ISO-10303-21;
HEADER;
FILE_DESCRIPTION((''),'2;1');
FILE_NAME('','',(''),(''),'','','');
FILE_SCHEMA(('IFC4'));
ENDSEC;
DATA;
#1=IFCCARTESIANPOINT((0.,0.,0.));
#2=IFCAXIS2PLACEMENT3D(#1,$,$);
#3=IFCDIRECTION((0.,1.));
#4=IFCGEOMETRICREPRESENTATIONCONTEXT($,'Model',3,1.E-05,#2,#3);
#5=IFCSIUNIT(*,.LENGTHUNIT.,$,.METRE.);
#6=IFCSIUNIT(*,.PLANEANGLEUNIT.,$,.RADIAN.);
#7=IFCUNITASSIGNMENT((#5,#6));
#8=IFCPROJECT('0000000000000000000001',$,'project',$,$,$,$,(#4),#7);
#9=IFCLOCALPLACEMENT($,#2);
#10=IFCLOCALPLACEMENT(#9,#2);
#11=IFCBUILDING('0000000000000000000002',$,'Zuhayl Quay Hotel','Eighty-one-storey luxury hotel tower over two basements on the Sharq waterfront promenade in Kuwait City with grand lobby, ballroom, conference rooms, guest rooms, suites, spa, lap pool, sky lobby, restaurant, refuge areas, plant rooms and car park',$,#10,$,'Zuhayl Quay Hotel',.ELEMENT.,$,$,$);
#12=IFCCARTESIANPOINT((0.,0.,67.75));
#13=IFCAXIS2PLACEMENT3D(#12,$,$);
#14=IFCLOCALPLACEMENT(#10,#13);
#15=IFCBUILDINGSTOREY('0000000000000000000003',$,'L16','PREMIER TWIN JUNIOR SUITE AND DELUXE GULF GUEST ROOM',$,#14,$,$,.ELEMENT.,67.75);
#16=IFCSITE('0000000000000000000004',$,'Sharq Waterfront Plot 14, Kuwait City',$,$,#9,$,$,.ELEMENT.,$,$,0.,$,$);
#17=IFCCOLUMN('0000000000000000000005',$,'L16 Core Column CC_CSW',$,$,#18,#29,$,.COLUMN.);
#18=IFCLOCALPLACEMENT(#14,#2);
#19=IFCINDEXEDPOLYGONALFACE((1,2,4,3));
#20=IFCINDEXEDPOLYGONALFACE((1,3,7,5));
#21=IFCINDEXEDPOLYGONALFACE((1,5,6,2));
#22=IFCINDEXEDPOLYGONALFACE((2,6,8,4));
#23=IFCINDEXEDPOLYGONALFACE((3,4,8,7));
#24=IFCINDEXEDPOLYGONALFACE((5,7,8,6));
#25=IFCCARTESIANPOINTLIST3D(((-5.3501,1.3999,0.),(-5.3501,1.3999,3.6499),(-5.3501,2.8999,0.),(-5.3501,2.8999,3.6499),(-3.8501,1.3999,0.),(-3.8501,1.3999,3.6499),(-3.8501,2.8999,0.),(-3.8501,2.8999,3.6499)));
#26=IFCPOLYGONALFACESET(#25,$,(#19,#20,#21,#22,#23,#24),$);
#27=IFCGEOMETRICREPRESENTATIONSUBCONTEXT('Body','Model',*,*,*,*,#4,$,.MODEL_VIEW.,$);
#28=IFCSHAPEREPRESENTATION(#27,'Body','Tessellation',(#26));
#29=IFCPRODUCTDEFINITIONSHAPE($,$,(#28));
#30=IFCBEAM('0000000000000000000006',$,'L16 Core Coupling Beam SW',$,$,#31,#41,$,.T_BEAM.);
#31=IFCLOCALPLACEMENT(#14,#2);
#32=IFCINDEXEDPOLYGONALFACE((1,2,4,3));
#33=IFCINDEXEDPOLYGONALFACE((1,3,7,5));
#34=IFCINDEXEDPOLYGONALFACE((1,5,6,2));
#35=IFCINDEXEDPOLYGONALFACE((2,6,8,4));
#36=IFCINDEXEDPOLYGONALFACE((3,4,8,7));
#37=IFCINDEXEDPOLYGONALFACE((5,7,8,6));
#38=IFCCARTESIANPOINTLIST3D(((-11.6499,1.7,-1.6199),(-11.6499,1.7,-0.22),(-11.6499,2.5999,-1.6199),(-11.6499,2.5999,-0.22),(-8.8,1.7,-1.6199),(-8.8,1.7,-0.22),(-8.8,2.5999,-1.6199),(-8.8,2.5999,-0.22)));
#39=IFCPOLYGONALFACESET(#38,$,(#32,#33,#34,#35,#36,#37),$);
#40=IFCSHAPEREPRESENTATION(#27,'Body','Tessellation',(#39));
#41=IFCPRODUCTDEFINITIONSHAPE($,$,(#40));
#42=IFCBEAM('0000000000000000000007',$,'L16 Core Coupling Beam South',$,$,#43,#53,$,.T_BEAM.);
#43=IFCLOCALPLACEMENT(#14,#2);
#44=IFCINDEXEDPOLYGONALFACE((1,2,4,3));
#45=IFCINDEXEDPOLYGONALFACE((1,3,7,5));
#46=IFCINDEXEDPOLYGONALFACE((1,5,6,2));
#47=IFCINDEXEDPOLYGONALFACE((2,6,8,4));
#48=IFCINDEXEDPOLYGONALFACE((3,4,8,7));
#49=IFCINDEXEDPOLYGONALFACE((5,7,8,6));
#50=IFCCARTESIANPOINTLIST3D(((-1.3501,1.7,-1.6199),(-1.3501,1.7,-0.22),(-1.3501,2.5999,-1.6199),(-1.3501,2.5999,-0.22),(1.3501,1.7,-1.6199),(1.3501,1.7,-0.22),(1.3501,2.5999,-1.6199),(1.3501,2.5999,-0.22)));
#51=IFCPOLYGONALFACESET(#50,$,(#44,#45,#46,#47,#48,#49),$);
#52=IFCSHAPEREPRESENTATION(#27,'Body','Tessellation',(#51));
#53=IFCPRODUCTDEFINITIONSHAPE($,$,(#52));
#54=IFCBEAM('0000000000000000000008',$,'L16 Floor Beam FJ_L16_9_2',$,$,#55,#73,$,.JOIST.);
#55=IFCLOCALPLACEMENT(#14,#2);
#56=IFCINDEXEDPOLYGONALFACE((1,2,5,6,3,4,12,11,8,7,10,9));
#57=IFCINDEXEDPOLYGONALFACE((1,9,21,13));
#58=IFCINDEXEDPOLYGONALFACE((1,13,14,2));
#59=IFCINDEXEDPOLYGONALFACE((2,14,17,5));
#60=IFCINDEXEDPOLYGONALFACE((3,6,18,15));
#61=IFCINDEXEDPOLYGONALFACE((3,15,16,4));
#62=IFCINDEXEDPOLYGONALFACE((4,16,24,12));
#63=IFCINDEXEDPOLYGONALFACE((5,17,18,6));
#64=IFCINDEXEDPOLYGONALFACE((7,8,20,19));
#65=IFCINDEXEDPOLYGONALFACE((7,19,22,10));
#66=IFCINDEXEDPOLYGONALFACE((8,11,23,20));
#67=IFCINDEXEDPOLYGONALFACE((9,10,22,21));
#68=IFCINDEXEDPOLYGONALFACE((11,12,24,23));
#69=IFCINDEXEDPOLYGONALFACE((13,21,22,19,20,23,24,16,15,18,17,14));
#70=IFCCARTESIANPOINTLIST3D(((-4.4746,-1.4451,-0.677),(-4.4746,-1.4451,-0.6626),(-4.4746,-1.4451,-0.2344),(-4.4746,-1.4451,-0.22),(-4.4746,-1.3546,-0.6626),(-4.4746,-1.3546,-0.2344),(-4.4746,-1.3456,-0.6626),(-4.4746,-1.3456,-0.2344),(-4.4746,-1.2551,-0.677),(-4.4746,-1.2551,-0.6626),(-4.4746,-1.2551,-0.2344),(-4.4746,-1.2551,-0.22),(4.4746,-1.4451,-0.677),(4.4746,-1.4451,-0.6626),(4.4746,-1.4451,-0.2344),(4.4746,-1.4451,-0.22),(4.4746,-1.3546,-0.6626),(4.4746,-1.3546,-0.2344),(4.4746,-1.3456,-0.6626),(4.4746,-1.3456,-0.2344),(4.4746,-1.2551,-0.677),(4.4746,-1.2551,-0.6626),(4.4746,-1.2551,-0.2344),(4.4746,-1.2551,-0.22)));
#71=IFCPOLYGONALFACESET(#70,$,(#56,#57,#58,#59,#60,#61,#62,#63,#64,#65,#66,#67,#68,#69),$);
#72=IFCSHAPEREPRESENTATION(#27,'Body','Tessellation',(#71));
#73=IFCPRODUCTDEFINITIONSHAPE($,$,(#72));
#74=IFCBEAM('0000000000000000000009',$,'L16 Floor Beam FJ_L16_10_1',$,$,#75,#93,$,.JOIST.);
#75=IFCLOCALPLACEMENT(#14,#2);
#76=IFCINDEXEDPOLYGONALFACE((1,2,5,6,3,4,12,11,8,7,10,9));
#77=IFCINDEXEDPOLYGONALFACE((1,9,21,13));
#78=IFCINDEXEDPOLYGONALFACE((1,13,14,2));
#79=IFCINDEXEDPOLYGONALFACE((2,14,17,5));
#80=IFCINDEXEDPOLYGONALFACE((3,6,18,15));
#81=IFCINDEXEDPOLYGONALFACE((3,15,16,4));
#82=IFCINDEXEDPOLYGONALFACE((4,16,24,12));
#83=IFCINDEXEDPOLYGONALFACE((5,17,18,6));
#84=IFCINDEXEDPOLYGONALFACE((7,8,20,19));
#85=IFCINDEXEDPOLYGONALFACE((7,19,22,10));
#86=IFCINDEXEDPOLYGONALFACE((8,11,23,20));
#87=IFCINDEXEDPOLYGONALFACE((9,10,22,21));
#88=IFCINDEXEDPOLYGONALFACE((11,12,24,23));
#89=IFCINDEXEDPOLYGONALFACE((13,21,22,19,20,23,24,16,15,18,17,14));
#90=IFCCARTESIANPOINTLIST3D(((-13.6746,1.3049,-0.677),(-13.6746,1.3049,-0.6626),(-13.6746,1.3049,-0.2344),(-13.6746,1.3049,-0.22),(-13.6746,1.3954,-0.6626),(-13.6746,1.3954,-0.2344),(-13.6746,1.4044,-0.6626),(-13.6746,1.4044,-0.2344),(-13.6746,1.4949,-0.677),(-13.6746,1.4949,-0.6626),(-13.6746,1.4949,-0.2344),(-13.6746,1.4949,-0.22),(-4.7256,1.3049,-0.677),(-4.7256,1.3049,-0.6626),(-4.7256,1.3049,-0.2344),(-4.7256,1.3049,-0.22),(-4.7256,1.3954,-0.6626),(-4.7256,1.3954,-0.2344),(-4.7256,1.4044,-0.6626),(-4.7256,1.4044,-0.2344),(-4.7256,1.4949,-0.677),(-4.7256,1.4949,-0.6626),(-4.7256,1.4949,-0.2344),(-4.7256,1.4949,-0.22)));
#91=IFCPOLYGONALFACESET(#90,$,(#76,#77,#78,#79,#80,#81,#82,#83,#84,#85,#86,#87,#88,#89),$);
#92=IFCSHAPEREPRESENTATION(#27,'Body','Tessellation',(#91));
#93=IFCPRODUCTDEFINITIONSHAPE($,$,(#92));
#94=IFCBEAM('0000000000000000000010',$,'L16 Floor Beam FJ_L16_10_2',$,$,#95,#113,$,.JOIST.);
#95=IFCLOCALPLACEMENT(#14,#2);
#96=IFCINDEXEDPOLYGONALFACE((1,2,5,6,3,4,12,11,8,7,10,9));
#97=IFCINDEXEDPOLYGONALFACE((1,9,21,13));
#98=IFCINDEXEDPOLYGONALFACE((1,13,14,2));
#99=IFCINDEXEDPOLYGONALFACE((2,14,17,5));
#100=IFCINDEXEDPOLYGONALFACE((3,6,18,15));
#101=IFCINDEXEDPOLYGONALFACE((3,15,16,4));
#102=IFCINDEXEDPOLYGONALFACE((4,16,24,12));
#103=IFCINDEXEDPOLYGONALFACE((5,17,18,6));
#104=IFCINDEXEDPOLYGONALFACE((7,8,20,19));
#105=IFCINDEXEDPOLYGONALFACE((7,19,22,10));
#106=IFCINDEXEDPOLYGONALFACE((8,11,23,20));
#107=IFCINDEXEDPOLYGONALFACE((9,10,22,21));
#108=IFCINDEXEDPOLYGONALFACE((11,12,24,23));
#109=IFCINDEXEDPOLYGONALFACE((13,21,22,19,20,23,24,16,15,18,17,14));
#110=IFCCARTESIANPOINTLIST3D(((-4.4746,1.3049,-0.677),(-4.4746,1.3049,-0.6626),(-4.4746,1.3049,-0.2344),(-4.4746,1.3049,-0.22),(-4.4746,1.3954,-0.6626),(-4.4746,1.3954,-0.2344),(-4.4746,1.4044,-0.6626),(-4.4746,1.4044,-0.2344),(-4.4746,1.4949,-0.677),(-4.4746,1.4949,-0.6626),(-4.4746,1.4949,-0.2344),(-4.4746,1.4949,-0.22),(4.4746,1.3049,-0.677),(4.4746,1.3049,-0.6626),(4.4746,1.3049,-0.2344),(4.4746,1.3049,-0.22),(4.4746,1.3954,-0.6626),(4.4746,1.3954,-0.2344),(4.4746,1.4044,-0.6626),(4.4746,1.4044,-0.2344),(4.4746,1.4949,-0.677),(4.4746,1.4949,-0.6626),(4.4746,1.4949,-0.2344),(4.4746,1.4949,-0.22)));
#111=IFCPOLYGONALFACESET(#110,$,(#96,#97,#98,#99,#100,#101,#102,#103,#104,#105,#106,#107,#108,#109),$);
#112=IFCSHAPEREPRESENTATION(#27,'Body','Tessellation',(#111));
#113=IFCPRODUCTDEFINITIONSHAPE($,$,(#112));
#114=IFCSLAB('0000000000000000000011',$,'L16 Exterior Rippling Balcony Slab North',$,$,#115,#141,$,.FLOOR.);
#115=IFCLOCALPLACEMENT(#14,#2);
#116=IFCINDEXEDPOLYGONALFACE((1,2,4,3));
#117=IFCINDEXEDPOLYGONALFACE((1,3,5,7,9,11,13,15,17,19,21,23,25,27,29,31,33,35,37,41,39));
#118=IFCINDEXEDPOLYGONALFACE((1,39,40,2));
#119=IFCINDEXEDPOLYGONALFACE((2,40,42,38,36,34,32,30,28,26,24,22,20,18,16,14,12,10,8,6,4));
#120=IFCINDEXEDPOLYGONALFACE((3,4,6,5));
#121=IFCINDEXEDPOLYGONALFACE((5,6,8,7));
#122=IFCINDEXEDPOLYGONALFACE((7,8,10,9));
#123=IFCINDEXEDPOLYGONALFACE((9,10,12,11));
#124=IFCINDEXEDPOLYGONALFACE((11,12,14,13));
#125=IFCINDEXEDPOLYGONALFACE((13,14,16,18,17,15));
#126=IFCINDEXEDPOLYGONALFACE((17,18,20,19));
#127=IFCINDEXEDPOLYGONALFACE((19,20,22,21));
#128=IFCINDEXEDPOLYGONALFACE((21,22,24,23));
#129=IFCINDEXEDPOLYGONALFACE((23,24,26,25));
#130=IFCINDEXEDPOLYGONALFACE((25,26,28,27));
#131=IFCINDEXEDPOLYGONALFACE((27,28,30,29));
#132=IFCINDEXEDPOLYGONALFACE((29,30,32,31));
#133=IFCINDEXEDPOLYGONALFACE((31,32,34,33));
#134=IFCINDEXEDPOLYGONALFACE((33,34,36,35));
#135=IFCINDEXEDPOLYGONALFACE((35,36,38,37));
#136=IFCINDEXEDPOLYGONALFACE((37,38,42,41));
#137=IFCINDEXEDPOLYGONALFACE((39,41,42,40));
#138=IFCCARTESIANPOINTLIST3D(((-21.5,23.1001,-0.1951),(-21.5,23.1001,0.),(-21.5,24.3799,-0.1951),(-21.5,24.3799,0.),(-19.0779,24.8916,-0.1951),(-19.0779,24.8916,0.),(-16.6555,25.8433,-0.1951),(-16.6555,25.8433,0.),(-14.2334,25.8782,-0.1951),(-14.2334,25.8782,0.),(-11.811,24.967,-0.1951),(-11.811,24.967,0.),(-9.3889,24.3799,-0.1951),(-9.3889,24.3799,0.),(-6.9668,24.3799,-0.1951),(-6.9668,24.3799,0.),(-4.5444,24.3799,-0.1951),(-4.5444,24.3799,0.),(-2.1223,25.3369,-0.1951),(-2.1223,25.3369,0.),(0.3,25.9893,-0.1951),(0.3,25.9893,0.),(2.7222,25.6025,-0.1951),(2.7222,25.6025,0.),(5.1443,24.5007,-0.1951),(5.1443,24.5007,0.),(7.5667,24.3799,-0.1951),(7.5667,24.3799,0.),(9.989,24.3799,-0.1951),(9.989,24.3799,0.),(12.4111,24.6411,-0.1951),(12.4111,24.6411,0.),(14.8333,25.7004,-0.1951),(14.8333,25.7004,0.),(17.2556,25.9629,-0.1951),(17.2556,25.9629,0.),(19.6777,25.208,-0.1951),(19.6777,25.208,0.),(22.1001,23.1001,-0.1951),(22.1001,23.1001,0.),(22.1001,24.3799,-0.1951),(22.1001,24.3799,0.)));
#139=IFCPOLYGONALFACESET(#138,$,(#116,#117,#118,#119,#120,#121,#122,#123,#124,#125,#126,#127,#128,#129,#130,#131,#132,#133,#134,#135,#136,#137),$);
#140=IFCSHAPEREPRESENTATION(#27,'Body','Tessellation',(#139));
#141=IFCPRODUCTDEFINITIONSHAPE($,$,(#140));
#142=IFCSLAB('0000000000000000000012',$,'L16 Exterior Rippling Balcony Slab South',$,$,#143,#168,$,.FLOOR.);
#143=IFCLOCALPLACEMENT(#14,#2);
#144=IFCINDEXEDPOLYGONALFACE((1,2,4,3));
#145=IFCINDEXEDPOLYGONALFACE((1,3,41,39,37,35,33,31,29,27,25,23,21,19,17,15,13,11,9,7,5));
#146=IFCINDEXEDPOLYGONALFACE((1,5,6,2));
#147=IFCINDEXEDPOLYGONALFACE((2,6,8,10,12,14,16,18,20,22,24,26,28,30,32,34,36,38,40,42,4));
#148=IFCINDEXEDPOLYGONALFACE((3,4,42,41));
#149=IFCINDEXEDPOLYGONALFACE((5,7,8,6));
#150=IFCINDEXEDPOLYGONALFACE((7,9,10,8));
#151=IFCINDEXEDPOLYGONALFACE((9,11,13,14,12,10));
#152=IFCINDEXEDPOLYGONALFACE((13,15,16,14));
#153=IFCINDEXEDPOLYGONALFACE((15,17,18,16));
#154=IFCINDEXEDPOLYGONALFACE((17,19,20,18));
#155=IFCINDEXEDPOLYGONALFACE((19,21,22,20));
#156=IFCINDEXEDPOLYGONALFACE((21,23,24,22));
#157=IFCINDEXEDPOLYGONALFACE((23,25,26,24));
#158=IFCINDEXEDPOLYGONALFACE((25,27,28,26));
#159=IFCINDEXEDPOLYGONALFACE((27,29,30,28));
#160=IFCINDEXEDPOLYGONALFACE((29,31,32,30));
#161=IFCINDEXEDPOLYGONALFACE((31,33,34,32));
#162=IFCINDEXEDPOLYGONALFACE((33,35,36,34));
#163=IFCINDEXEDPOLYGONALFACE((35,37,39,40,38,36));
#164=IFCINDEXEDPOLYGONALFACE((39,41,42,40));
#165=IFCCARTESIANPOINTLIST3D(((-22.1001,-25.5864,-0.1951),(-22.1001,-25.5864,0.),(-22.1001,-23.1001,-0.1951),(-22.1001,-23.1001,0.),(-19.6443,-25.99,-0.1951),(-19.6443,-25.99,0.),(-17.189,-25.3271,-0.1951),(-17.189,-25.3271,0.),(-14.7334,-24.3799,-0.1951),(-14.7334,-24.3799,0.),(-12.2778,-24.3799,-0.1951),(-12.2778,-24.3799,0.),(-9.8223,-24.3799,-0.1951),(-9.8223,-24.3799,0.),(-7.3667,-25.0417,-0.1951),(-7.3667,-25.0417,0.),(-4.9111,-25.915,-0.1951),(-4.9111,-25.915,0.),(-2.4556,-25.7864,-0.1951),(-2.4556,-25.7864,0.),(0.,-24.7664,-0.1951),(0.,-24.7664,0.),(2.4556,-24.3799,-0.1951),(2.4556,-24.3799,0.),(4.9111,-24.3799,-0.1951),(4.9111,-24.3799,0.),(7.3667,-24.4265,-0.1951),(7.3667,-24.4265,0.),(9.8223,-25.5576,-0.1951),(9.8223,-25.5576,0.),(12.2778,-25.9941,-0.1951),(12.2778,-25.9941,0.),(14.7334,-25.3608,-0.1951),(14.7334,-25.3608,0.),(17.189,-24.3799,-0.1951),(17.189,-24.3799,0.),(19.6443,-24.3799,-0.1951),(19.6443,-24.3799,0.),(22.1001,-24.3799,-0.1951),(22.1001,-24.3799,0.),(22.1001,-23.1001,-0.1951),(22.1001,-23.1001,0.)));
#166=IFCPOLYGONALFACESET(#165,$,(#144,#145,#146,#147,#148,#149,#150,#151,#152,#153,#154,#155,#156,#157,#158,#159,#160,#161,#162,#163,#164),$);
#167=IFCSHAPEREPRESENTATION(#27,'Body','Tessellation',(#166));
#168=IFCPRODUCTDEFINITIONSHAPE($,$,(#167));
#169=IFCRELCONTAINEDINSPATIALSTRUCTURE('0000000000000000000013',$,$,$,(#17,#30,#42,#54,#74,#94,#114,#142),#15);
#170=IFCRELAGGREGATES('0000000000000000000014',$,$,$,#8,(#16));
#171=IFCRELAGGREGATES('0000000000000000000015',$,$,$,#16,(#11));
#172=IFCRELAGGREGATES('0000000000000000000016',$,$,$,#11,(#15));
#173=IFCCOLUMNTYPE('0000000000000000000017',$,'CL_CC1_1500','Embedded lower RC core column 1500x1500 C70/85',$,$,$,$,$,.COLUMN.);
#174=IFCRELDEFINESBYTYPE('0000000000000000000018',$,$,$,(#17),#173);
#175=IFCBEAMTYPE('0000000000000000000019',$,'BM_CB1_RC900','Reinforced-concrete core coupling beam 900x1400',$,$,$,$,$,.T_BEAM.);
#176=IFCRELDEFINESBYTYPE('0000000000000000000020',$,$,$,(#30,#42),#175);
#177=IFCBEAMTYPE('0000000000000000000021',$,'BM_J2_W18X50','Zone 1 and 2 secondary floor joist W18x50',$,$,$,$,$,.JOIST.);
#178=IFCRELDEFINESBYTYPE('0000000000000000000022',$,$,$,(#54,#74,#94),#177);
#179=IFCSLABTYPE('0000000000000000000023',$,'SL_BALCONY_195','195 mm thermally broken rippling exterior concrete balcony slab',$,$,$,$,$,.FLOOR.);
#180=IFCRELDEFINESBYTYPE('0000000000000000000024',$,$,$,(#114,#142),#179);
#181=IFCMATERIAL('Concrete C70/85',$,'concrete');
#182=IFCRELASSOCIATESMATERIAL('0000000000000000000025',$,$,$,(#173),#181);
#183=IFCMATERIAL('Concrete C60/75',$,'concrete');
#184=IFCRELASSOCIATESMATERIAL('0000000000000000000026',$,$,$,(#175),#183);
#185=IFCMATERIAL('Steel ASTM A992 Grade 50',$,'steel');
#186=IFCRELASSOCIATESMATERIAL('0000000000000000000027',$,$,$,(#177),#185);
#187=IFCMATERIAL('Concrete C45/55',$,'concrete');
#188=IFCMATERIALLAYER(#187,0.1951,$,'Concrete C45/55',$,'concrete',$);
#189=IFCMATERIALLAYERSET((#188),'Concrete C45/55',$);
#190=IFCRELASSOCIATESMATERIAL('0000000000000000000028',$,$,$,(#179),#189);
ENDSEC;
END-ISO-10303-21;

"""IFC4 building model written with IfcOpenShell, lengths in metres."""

from ifc_helpers import new_model, si_unit, direction, frame, origin, origin_2d, place, context, subcontext, project, spatial, polyline, rectangle, i_section, outline, extrude, material, layer, layer_set, material_profile, profile_set, type_object, element, save


model = new_model("IFC4")

# Units and contexts
model_context = context("Model", 3, precision=1e-05, world=origin(), true_north=direction((0.0, 1.0)))
body_context = subcontext(model_context, "Body", "Model", "MODEL_VIEW")
ifc_project = project(units=[si_unit("LENGTHUNIT", "METRE"), si_unit("PLANEANGLEUNIT", "RADIAN")], contexts=[model_context])

# Site, building, storey
site_placement = place(None, origin())
site = spatial("IfcSite", under=ifc_project, at=site_placement, Name="Sharq Waterfront Plot 14, Kuwait City", CompositionType="ELEMENT", RefElevation=0.0)
building_placement = place(site_placement, origin())
building = spatial("IfcBuilding", under=site, at=building_placement, Name="Zuhayl Quay Hotel", Description="Eighty-one-storey luxury hotel tower over two basements on the Sharq waterfront promenade in Kuwait City with grand lobby, ballroom, conference rooms, guest rooms, suites, spa, lap pool, sky lobby, restaurant, refuge areas, plant rooms and car park", LongName="Zuhayl Quay Hotel", CompositionType="ELEMENT")
storey_placement = place(building_placement, frame((0.0, 0.0, 67.75)))
storey = spatial("IfcBuildingStorey", under=building, at=storey_placement, Name="L16", Description="PREMIER TWIN JUNIOR SUITE AND DELUXE GULF GUEST ROOM", CompositionType="ELEMENT", Elevation=67.75)

# Column
ifc_material_1 = material(Name="Concrete C70/85", Category="concrete")
ifc_material_profile_1 = material_profile(ifc_material_1, rectangle(XDim=1.5, YDim=1.5, at=origin_2d()), Name="RC1500X1500")
ifc_profile_set_1 = profile_set([ifc_material_profile_1], Name="Concrete C70/85")
column_type = type_object("IfcColumnType", Name="CL_CC1_1500", Description="Embedded lower RC core column 1500x1500 C70/85", PredefinedType="COLUMN", material=ifc_profile_set_1)
column_placement = place(storey_placement, frame((-4.6001, 2.1499, 0.0), z_axis=(0.0, 0.0, 1.0), x_axis=(1.0, 0.0, 0.0)))
element("IfcColumn", 1, at=column_placement, inside=storey, type_object=column_type, Name="L16 Core Column CC_CSW", PredefinedType="COLUMN", context=body_context, shape_type="SweptSolid", body=[
    extrude(rectangle(XDim=1.5, YDim=1.5, at=origin_2d()), origin(), (0.0, 0.0, 1.0), 3.6499),
])

# Beams
ifc_material_2 = material(Name="Concrete C60/75", Category="concrete")
ifc_material_profile_2 = material_profile(ifc_material_2, rectangle(XDim=0.8999, YDim=1.3999, at=origin_2d()), Name="RC900X1400")
ifc_profile_set_2 = profile_set([ifc_material_profile_2], Name="Concrete C60/75")
beam_type_1 = type_object("IfcBeamType", Name="BM_CB1_RC900", Description="Reinforced-concrete core coupling beam 900x1400", PredefinedType="T_BEAM", material=ifc_profile_set_2)
beam_1_placement = place(storey_placement, frame((-11.6499, 2.1499, -0.9199), z_axis=(1.0, 0.0, 0.0), x_axis=(0.0, 1.0, 0.0)))
element("IfcBeam", 2, at=beam_1_placement, inside=storey, type_object=beam_type_1, Name="L16 Core Coupling Beam SW", PredefinedType="T_BEAM", context=body_context, shape_type="SweptSolid", body=[
    extrude(rectangle(XDim=0.8999, YDim=1.3999, at=origin_2d()), origin(), (0.0, 0.0, 1.0), 2.8499),
])
beam_2_placement = place(storey_placement, frame((-1.3501, 2.1499, -0.9199), z_axis=(1.0, 0.0, 0.0), x_axis=(0.0, 1.0, 0.0)))
element("IfcBeam", 3, at=beam_2_placement, inside=storey, type_object=beam_type_1, Name="L16 Core Coupling Beam South", PredefinedType="T_BEAM", context=body_context, shape_type="SweptSolid", body=[
    extrude(rectangle(XDim=0.8999, YDim=1.3999, at=origin_2d()), origin(), (0.0, 0.0, 1.0), 2.7002),
])
ifc_material_3 = material(Name="Steel ASTM A992 Grade 50", Category="steel")
ifc_material_profile_3 = material_profile(ifc_material_3, i_section(OverallWidth=0.1899, OverallDepth=0.457, WebThickness=0.009, FlangeThickness=0.0144, at=origin_2d()), Name="W18X50")
ifc_profile_set_3 = profile_set([ifc_material_profile_3], Name="Steel ASTM A992 Grade 50")
beam_type_2 = type_object("IfcBeamType", Name="BM_J2_W18X50", Description="Zone 1 and 2 secondary floor joist W18x50", PredefinedType="JOIST", material=ifc_profile_set_3)
beam_3_placement = place(storey_placement, frame((-4.4746, -1.3501, -0.4485), z_axis=(1.0, 0.0, 0.0), x_axis=(0.0, 1.0, 0.0)))
element("IfcBeam", 4, at=beam_3_placement, inside=storey, type_object=beam_type_2, Name="L16 Floor Beam FJ_L16_9_2", PredefinedType="JOIST", context=body_context, shape_type="SweptSolid", body=[
    extrude(i_section(OverallWidth=0.1899, OverallDepth=0.457, WebThickness=0.009, FlangeThickness=0.0144, at=origin_2d()), origin(), (0.0, 0.0, 1.0), 8.9492),
])
beam_4_placement = place(storey_placement, frame((-13.6746, 1.3999, -0.4485), z_axis=(1.0, 0.0, 0.0), x_axis=(0.0, 1.0, 0.0)))
element("IfcBeam", 5, at=beam_4_placement, inside=storey, type_object=beam_type_2, Name="L16 Floor Beam FJ_L16_10_1", PredefinedType="JOIST", context=body_context, shape_type="SweptSolid", body=[
    extrude(i_section(OverallWidth=0.1899, OverallDepth=0.457, WebThickness=0.009, FlangeThickness=0.0144, at=origin_2d()), origin(), (0.0, 0.0, 1.0), 8.949),
])
beam_5_placement = place(storey_placement, frame((-4.4746, 1.3999, -0.4485), z_axis=(1.0, 0.0, 0.0), x_axis=(0.0, 1.0, 0.0)))
element("IfcBeam", 6, at=beam_5_placement, inside=storey, type_object=beam_type_2, Name="L16 Floor Beam FJ_L16_10_2", PredefinedType="JOIST", context=body_context, shape_type="SweptSolid", body=[
    extrude(i_section(OverallWidth=0.1899, OverallDepth=0.457, WebThickness=0.009, FlangeThickness=0.0144, at=origin_2d()), origin(), (0.0, 0.0, 1.0), 8.9492),
])

# Slabs
ifc_material_4 = material(Name="Concrete C45/55", Category="concrete")
ifc_layer_1 = layer(ifc_material_4, 0.1951, Name="Concrete C45/55", Category="concrete")
ifc_layer_set_1 = layer_set([ifc_layer_1], Name="Concrete C45/55")
slab_type_1 = type_object("IfcSlabType", Name="SL_BALCONY_195", Description="195 mm thermally broken rippling exterior concrete balcony slab", PredefinedType="FLOOR", material=ifc_layer_set_1)
slab_1_placement = place(storey_placement, frame((0.0, 0.0, -0.1951)))
element("IfcSlab", 7, at=slab_1_placement, inside=storey, type_object=slab_type_1, Name="L16 Exterior Rippling Balcony Slab North", PredefinedType="FLOOR", context=body_context, shape_type="SweptSolid", body=[
    extrude(outline(polyline([(-21.5, 23.1001), (22.1001, 23.1001), (22.1001, 24.3799), (19.6777, 25.208), (17.2556, 25.9629), (14.8333, 25.7004), (12.4111, 24.6411), (9.989, 24.3799), (7.5667, 24.3799), (5.1443, 24.5007), (2.7222, 25.6025), (0.3, 25.9893), (-2.1223, 25.3369), (-4.5444, 24.3799), (-6.9668, 24.3799), (-9.3889, 24.3799), (-11.811, 24.967), (-14.2334, 25.8782), (-16.6555, 25.8433), (-19.0779, 24.8916), (-21.5, 24.3799), (-21.5, 23.1001)])), origin(), (0.0, 0.0, 1.0), 0.1951),
])
slab_2_placement = place(storey_placement, frame((0.0, 0.0, -0.1951)))
element("IfcSlab", 8, at=slab_2_placement, inside=storey, type_object=slab_type_1, Name="L16 Exterior Rippling Balcony Slab South", PredefinedType="FLOOR", context=body_context, shape_type="SweptSolid", body=[
    extrude(outline(polyline([(-22.1001, -25.5864), (-19.6443, -25.99), (-17.189, -25.3271), (-14.7334, -24.3799), (-12.2778, -24.3799), (-9.8223, -24.3799), (-7.3667, -25.0417), (-4.9111, -25.915), (-2.4556, -25.7864), (0.0, -24.7664), (2.4556, -24.3799), (4.9111, -24.3799), (7.3667, -24.4265), (9.8223, -25.5576), (12.2778, -25.9941), (14.7334, -25.3608), (17.189, -24.3799), (19.6443, -24.3799), (22.1001, -24.3799), (22.1001, -23.1001), (-22.1001, -23.1001), (-22.1001, -25.5864)])), origin(), (0.0, 0.0, 1.0), 0.1951),
])

save(model, "model.ifc")
